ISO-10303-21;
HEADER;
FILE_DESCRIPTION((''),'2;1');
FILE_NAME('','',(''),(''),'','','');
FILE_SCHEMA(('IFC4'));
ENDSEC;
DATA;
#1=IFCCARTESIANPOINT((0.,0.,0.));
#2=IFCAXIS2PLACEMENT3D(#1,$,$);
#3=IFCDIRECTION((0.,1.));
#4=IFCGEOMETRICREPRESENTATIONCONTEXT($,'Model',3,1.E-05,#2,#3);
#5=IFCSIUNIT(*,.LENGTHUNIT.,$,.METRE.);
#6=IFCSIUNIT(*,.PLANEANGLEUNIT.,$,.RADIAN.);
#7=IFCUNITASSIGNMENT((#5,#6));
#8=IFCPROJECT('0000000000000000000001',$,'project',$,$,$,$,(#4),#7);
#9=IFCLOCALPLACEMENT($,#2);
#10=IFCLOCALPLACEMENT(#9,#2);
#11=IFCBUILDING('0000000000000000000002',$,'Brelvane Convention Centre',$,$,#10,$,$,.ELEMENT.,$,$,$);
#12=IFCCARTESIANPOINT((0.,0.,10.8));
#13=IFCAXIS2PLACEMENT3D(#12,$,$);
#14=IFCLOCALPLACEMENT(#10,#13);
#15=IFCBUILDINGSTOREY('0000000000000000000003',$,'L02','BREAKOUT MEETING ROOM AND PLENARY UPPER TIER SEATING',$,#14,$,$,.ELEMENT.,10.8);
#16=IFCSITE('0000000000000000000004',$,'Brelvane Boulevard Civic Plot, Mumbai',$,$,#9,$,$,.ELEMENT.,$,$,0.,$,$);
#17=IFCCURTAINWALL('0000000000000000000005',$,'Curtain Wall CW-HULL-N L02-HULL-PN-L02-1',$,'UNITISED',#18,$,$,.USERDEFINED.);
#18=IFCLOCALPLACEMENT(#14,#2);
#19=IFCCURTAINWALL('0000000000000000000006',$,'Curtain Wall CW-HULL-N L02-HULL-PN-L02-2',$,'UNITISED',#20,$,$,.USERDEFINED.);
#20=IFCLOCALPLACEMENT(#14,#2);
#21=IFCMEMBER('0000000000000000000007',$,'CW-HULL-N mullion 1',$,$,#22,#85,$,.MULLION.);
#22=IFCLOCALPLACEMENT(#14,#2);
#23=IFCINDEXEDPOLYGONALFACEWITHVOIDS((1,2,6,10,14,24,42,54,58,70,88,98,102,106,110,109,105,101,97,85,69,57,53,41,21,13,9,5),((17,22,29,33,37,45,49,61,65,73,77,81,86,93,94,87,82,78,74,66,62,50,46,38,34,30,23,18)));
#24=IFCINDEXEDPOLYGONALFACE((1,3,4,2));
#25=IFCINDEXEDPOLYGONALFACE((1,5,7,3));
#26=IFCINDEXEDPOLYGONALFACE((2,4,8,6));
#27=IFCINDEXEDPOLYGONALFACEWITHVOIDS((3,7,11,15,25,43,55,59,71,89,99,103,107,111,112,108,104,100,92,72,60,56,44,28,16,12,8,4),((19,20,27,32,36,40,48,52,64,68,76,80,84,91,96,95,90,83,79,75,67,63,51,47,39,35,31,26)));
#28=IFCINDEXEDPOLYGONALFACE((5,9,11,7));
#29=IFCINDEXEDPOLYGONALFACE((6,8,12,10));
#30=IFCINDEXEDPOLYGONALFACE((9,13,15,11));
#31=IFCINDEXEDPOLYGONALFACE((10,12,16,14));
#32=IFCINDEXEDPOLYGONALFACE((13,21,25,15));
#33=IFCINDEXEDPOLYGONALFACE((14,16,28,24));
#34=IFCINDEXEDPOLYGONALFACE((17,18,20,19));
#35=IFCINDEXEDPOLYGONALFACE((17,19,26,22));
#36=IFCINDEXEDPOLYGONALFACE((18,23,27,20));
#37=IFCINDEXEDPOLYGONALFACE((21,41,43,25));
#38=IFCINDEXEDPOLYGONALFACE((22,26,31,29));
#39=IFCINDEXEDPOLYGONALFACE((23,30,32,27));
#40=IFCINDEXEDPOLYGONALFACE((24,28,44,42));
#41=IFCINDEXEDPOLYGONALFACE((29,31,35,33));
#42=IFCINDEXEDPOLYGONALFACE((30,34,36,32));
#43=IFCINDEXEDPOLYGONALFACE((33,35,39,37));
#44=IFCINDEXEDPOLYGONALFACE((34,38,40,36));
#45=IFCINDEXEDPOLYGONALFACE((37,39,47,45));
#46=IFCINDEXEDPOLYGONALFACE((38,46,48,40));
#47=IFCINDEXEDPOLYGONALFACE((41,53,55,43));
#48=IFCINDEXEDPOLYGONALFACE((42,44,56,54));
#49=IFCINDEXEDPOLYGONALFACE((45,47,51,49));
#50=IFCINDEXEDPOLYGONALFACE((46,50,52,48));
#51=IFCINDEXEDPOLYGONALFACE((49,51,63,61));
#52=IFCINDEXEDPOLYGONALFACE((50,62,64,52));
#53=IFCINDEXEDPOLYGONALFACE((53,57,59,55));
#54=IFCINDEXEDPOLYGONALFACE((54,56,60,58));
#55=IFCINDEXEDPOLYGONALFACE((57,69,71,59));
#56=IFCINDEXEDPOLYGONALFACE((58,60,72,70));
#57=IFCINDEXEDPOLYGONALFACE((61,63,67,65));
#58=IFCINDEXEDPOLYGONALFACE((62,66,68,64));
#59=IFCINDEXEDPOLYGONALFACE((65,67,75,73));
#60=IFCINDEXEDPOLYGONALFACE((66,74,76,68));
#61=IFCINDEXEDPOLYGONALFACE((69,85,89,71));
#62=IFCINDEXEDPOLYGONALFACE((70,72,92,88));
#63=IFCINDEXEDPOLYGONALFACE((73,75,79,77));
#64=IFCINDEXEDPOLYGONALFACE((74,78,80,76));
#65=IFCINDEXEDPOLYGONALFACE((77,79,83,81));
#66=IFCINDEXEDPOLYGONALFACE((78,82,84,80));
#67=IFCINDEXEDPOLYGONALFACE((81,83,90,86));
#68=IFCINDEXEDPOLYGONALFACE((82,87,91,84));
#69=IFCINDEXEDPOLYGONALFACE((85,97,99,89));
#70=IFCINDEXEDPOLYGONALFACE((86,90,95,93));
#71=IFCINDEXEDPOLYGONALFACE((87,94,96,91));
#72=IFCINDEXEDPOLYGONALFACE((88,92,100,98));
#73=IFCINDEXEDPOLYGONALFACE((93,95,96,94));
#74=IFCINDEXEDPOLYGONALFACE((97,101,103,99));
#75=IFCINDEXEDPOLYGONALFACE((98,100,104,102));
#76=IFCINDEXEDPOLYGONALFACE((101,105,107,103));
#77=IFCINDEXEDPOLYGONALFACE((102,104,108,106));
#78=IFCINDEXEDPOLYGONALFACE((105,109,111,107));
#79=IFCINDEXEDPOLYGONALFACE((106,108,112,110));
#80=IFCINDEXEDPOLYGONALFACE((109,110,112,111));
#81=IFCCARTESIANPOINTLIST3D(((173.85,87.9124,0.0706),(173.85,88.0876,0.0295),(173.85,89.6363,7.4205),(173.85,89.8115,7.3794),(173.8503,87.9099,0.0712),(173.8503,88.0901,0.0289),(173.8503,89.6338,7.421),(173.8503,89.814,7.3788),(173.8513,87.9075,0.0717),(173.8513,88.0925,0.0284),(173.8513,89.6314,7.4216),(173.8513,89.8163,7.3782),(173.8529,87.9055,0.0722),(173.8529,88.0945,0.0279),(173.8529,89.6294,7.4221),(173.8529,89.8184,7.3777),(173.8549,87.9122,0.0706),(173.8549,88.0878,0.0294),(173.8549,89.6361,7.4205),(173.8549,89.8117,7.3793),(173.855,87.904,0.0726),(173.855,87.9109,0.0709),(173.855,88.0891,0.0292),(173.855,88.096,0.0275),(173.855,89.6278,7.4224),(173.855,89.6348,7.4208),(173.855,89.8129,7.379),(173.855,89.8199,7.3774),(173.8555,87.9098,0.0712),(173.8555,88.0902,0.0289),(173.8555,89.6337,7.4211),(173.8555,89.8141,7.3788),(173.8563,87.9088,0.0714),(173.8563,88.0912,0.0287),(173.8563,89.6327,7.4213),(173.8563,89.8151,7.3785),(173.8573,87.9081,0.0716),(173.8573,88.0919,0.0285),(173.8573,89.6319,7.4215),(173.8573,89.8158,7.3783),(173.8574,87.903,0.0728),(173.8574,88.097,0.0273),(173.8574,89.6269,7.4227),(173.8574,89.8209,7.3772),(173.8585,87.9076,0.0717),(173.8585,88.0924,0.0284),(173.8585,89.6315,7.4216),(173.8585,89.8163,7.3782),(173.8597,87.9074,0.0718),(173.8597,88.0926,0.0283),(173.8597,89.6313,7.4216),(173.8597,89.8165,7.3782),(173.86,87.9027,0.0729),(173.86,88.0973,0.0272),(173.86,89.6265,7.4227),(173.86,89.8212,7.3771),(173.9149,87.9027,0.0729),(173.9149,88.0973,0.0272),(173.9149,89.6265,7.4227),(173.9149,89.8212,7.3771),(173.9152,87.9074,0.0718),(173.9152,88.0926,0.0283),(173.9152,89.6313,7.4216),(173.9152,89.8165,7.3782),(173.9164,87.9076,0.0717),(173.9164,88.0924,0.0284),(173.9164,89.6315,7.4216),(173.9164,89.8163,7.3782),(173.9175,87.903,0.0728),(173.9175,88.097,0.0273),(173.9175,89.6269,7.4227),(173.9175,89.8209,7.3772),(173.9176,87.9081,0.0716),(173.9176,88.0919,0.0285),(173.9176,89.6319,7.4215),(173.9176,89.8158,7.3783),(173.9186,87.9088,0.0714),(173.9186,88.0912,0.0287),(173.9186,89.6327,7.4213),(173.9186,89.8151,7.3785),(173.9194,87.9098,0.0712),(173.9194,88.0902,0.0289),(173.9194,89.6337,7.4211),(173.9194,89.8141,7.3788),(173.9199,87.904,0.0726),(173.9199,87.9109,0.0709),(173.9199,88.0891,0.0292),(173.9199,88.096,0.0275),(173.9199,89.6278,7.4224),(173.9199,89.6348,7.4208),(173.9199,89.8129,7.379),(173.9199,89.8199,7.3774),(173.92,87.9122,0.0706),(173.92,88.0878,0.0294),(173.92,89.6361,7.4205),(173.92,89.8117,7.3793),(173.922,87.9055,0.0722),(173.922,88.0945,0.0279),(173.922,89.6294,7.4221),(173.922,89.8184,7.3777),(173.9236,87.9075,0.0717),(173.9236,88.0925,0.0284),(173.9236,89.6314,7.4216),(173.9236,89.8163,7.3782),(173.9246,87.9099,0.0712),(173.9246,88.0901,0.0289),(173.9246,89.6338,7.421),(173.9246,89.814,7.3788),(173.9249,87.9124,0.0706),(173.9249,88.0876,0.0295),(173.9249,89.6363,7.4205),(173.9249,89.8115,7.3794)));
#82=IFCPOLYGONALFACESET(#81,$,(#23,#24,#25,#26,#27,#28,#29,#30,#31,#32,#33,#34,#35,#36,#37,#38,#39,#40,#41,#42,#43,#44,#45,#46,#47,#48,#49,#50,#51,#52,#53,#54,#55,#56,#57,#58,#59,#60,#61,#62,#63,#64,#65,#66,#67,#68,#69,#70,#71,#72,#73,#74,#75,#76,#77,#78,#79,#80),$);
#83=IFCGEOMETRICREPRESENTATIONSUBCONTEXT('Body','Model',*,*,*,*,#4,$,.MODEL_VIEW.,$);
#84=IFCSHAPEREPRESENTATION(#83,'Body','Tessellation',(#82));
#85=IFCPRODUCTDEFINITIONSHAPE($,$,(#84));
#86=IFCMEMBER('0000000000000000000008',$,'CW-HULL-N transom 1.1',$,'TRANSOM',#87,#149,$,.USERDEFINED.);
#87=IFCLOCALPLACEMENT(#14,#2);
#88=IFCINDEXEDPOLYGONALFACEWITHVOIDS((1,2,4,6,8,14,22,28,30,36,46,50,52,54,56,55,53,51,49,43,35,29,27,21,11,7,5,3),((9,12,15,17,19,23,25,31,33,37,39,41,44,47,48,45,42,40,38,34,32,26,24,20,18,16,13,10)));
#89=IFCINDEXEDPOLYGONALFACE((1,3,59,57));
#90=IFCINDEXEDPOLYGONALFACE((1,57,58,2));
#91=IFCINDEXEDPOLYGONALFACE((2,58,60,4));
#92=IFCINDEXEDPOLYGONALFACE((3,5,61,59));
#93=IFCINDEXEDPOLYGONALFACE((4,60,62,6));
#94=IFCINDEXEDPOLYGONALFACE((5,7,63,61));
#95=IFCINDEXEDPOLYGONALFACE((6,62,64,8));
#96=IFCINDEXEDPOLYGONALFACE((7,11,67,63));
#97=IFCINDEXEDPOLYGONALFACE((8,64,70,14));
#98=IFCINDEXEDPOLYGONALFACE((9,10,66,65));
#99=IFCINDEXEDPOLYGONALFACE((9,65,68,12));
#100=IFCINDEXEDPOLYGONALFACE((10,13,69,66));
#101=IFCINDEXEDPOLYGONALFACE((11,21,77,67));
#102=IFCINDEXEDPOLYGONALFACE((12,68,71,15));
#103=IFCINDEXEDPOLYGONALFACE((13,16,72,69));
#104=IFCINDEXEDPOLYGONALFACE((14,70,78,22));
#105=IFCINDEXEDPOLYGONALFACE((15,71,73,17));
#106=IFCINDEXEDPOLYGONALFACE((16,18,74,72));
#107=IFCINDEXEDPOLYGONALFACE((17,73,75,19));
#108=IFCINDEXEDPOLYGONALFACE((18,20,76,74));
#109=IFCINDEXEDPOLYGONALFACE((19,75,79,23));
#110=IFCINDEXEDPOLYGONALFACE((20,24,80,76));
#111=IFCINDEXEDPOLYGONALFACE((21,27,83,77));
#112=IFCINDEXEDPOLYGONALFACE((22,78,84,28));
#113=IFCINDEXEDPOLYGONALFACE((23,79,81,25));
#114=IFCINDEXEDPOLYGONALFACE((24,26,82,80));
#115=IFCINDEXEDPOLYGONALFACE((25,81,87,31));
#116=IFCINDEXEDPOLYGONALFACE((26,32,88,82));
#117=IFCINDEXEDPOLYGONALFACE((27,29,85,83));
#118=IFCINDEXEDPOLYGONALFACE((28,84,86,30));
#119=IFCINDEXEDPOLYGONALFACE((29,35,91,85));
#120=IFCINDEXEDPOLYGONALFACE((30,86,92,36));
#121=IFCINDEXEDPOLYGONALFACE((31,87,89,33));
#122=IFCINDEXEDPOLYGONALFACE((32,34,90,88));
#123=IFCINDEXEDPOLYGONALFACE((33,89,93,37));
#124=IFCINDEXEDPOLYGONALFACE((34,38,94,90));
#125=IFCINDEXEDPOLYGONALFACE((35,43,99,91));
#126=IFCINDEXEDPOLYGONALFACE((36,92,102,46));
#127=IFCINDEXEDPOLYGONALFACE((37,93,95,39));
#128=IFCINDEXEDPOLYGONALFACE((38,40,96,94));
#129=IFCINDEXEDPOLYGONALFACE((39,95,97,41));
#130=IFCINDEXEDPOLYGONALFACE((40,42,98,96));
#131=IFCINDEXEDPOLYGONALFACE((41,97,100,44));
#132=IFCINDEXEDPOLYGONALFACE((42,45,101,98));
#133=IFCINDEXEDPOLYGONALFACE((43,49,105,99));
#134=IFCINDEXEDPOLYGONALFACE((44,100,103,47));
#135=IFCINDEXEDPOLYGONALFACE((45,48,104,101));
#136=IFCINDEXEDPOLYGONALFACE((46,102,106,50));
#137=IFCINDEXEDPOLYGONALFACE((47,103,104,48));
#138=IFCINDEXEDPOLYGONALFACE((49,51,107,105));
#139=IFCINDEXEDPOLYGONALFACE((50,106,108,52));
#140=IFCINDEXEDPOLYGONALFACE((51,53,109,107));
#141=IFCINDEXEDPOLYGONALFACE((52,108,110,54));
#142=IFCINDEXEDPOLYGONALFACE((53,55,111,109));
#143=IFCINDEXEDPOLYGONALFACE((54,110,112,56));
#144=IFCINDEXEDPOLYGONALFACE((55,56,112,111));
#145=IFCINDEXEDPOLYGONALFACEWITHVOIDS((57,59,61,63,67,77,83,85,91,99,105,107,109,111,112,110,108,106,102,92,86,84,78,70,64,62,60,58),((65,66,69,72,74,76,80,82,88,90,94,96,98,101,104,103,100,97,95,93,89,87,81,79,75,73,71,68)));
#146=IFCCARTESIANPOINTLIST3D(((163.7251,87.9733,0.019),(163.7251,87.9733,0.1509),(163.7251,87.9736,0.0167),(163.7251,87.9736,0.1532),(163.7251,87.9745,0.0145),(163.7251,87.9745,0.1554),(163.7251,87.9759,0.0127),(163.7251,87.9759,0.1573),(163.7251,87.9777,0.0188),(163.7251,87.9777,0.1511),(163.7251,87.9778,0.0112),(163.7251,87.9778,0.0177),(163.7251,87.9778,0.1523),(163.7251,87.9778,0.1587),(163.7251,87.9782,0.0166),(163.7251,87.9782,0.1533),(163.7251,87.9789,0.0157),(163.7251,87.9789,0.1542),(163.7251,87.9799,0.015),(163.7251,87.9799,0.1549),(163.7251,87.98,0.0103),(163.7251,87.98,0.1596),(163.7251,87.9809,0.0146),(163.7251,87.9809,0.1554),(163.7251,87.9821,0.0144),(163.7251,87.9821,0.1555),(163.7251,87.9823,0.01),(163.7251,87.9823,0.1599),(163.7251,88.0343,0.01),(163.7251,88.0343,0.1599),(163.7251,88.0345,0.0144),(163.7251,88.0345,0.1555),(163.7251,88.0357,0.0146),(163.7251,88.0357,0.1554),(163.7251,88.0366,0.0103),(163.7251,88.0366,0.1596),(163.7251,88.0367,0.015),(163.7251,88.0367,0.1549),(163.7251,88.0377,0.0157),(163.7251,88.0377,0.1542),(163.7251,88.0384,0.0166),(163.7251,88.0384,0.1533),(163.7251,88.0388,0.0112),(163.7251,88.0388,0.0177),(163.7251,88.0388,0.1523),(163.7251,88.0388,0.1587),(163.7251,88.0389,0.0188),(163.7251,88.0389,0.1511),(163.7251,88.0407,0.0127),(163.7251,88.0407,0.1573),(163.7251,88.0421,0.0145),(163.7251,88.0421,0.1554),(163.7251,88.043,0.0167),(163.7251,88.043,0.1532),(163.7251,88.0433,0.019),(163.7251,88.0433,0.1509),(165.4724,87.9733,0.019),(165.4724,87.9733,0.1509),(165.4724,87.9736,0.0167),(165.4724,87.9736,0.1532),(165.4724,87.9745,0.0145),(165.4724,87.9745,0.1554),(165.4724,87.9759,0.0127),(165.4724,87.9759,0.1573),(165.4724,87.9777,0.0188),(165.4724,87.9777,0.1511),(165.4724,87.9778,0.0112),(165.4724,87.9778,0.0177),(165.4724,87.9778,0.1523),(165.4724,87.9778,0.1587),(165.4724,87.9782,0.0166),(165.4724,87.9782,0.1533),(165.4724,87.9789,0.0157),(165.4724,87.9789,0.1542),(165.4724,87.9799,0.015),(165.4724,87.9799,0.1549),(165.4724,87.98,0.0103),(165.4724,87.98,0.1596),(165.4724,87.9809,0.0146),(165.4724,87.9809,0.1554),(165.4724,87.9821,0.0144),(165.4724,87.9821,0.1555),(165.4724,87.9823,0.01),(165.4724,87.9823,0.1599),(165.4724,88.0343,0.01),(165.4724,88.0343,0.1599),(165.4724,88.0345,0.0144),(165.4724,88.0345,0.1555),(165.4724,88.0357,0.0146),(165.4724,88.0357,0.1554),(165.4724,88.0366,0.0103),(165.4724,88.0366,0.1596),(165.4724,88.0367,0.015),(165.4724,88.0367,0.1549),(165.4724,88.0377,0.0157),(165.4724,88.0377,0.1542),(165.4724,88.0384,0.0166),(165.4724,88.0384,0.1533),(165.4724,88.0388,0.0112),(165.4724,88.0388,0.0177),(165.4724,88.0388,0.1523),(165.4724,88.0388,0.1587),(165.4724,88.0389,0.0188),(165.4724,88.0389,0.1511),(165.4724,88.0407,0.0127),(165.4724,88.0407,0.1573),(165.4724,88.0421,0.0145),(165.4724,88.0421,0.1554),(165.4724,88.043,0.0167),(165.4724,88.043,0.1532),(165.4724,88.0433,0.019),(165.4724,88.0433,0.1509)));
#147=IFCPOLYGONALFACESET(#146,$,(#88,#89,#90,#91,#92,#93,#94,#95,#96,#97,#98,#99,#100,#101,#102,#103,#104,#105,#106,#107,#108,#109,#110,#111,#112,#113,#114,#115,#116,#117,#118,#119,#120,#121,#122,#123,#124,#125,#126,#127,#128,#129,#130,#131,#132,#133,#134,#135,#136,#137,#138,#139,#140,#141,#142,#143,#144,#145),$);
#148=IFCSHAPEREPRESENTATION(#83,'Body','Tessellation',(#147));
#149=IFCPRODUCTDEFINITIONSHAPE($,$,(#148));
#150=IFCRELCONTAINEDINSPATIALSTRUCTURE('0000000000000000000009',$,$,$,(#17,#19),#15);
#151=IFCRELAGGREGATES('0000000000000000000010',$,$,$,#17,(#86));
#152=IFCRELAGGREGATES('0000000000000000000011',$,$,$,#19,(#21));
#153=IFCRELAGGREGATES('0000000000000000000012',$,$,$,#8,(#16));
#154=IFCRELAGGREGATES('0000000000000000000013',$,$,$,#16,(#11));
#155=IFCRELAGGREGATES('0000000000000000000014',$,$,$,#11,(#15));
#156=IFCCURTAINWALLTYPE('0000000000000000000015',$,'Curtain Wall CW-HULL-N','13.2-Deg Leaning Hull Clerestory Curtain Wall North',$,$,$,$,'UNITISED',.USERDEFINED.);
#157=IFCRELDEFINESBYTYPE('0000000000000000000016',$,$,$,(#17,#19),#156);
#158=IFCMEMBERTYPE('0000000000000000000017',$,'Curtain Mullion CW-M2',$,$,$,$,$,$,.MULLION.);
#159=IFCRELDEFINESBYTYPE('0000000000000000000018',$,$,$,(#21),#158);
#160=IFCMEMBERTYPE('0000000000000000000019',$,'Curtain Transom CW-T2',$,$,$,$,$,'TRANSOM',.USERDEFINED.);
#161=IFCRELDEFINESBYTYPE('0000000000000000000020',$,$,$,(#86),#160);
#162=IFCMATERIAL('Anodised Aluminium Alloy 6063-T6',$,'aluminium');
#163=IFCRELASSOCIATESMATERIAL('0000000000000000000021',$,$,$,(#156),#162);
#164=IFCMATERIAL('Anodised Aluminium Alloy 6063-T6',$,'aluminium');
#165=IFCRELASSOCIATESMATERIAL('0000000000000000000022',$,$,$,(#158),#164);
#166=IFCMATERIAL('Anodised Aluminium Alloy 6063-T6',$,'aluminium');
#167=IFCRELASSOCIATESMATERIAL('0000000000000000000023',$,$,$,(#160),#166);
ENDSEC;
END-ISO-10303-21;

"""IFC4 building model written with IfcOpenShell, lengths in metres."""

from ifc_helpers import new_model, si_unit, direction, frame, origin, origin_2d, place, context, subcontext, project, spatial, hollow_rectangle, extrude, material, material_profile, profile_set, type_object, element, aggregate, save


model = new_model("IFC4")

# Units and contexts
model_context = context("Model", 3, precision=1e-05, world=origin(), true_north=direction((0.0, 1.0)))
body_context = subcontext(model_context, "Body", "Model", "MODEL_VIEW")
ifc_project = project(units=[si_unit("LENGTHUNIT", "METRE"), si_unit("PLANEANGLEUNIT", "RADIAN")], contexts=[model_context])

# Site, building, storey
site_placement = place(None, origin())
site = spatial("IfcSite", under=ifc_project, at=site_placement, Name="Brelvane Boulevard Civic Plot, Mumbai", CompositionType="ELEMENT", RefElevation=0.0)
building_placement = place(site_placement, origin())
building = spatial("IfcBuilding", under=site, at=building_placement, Name="Brelvane Convention Centre", CompositionType="ELEMENT")
storey_placement = place(building_placement, frame((0.0, 0.0, 10.8)))
storey = spatial("IfcBuildingStorey", under=building, at=storey_placement, Name="L02", Description="BREAKOUT MEETING ROOM AND PLENARY UPPER TIER SEATING", CompositionType="ELEMENT", Elevation=10.8)

# Curtain wall
ifc_material_1 = material(Name="Anodised Aluminium Alloy 6063-T6", Category="aluminium")
curtain_wall_type = type_object("IfcCurtainWallType", Name="Curtain Wall CW-HULL-N", Description="13.2-Deg Leaning Hull Clerestory Curtain Wall North", ElementType="UNITISED", PredefinedType="USERDEFINED", material=ifc_material_1)
curtain_wall_1_placement = place(storey_placement, origin())
curtain_wall_1 = element("IfcCurtainWall", 1, at=curtain_wall_1_placement, inside=storey, type_object=curtain_wall_type, Name="Curtain Wall CW-HULL-N L02-HULL-PN-L02-1", ObjectType="UNITISED", PredefinedType="USERDEFINED")
ifc_material_2 = material(Name="Anodised Aluminium Alloy 6063-T6", Category="aluminium")
ifc_material_profile_1 = material_profile(ifc_material_2, hollow_rectangle(XDim=0.075, YDim=0.2, WallThickness=0.0049, InnerFilletRadius=0.0049, OuterFilletRadius=0.01, at=origin_2d()), Name="ALU-M 200x75x5.0")
ifc_profile_set_1 = profile_set([ifc_material_profile_1], Name="Anodised Aluminium Alloy 6063-T6")
member_type_1 = type_object("IfcMemberType", Name="Curtain Mullion CW-M2", PredefinedType="MULLION", material=ifc_profile_set_1)

# Curtain wall, member
curtain_wall_2_placement = place(storey_placement, origin())
curtain_wall_2 = element("IfcCurtainWall", 2, at=curtain_wall_2_placement, inside=storey, type_object=curtain_wall_type, Name="Curtain Wall CW-HULL-N L02-HULL-PN-L02-2", ObjectType="UNITISED", PredefinedType="USERDEFINED")
member_1_placement = place(storey_placement, frame((173.8875, 88.0, 0.05), z_axis=(0.0, 0.228349, 0.973579), x_axis=(-1.0, 0.0, 0.0)))
member_1 = element("IfcMember", 3, at=member_1_placement, type_object=member_type_1, Name="CW-HULL-N mullion 1", PredefinedType="MULLION", context=body_context, shape_type="SweptSolid", body=[
    extrude(hollow_rectangle(XDim=0.075, YDim=0.2, WallThickness=0.0049, InnerFilletRadius=0.0049, OuterFilletRadius=0.01, at=origin_2d()), origin(), (0.0, 0.0, 1.0), 7.5493),
])

# Member
ifc_material_3 = material(Name="Anodised Aluminium Alloy 6063-T6", Category="aluminium")
ifc_material_profile_2 = material_profile(ifc_material_3, hollow_rectangle(XDim=0.0701, YDim=0.1499, WallThickness=0.0044, InnerFilletRadius=0.0044, OuterFilletRadius=0.009, at=origin_2d()), Name="ALU-T 150x70x4.5")
ifc_profile_set_2 = profile_set([ifc_material_profile_2], Name="Anodised Aluminium Alloy 6063-T6")
member_type_2 = type_object("IfcMemberType", Name="Curtain Transom CW-T2", ElementType="TRANSOM", PredefinedType="USERDEFINED", material=ifc_profile_set_2)
member_2_placement = place(storey_placement, frame((163.7251, 88.0083, 0.085), z_axis=(1.0, 0.0, 0.0), x_axis=(0.0, 1.0, 0.0)))
member_2 = element("IfcMember", 4, at=member_2_placement, type_object=member_type_2, Name="CW-HULL-N transom 1.1", ObjectType="TRANSOM", PredefinedType="USERDEFINED", context=body_context, shape_type="SweptSolid", body=[
    extrude(hollow_rectangle(XDim=0.0701, YDim=0.1499, WallThickness=0.0044, InnerFilletRadius=0.0044, OuterFilletRadius=0.009, at=origin_2d()), origin(), (0.0, 0.0, 1.0), 1.7473),
])

aggregate(curtain_wall_1, [member_2])
aggregate(curtain_wall_2, [member_1])

save(model, "model.ifc")
